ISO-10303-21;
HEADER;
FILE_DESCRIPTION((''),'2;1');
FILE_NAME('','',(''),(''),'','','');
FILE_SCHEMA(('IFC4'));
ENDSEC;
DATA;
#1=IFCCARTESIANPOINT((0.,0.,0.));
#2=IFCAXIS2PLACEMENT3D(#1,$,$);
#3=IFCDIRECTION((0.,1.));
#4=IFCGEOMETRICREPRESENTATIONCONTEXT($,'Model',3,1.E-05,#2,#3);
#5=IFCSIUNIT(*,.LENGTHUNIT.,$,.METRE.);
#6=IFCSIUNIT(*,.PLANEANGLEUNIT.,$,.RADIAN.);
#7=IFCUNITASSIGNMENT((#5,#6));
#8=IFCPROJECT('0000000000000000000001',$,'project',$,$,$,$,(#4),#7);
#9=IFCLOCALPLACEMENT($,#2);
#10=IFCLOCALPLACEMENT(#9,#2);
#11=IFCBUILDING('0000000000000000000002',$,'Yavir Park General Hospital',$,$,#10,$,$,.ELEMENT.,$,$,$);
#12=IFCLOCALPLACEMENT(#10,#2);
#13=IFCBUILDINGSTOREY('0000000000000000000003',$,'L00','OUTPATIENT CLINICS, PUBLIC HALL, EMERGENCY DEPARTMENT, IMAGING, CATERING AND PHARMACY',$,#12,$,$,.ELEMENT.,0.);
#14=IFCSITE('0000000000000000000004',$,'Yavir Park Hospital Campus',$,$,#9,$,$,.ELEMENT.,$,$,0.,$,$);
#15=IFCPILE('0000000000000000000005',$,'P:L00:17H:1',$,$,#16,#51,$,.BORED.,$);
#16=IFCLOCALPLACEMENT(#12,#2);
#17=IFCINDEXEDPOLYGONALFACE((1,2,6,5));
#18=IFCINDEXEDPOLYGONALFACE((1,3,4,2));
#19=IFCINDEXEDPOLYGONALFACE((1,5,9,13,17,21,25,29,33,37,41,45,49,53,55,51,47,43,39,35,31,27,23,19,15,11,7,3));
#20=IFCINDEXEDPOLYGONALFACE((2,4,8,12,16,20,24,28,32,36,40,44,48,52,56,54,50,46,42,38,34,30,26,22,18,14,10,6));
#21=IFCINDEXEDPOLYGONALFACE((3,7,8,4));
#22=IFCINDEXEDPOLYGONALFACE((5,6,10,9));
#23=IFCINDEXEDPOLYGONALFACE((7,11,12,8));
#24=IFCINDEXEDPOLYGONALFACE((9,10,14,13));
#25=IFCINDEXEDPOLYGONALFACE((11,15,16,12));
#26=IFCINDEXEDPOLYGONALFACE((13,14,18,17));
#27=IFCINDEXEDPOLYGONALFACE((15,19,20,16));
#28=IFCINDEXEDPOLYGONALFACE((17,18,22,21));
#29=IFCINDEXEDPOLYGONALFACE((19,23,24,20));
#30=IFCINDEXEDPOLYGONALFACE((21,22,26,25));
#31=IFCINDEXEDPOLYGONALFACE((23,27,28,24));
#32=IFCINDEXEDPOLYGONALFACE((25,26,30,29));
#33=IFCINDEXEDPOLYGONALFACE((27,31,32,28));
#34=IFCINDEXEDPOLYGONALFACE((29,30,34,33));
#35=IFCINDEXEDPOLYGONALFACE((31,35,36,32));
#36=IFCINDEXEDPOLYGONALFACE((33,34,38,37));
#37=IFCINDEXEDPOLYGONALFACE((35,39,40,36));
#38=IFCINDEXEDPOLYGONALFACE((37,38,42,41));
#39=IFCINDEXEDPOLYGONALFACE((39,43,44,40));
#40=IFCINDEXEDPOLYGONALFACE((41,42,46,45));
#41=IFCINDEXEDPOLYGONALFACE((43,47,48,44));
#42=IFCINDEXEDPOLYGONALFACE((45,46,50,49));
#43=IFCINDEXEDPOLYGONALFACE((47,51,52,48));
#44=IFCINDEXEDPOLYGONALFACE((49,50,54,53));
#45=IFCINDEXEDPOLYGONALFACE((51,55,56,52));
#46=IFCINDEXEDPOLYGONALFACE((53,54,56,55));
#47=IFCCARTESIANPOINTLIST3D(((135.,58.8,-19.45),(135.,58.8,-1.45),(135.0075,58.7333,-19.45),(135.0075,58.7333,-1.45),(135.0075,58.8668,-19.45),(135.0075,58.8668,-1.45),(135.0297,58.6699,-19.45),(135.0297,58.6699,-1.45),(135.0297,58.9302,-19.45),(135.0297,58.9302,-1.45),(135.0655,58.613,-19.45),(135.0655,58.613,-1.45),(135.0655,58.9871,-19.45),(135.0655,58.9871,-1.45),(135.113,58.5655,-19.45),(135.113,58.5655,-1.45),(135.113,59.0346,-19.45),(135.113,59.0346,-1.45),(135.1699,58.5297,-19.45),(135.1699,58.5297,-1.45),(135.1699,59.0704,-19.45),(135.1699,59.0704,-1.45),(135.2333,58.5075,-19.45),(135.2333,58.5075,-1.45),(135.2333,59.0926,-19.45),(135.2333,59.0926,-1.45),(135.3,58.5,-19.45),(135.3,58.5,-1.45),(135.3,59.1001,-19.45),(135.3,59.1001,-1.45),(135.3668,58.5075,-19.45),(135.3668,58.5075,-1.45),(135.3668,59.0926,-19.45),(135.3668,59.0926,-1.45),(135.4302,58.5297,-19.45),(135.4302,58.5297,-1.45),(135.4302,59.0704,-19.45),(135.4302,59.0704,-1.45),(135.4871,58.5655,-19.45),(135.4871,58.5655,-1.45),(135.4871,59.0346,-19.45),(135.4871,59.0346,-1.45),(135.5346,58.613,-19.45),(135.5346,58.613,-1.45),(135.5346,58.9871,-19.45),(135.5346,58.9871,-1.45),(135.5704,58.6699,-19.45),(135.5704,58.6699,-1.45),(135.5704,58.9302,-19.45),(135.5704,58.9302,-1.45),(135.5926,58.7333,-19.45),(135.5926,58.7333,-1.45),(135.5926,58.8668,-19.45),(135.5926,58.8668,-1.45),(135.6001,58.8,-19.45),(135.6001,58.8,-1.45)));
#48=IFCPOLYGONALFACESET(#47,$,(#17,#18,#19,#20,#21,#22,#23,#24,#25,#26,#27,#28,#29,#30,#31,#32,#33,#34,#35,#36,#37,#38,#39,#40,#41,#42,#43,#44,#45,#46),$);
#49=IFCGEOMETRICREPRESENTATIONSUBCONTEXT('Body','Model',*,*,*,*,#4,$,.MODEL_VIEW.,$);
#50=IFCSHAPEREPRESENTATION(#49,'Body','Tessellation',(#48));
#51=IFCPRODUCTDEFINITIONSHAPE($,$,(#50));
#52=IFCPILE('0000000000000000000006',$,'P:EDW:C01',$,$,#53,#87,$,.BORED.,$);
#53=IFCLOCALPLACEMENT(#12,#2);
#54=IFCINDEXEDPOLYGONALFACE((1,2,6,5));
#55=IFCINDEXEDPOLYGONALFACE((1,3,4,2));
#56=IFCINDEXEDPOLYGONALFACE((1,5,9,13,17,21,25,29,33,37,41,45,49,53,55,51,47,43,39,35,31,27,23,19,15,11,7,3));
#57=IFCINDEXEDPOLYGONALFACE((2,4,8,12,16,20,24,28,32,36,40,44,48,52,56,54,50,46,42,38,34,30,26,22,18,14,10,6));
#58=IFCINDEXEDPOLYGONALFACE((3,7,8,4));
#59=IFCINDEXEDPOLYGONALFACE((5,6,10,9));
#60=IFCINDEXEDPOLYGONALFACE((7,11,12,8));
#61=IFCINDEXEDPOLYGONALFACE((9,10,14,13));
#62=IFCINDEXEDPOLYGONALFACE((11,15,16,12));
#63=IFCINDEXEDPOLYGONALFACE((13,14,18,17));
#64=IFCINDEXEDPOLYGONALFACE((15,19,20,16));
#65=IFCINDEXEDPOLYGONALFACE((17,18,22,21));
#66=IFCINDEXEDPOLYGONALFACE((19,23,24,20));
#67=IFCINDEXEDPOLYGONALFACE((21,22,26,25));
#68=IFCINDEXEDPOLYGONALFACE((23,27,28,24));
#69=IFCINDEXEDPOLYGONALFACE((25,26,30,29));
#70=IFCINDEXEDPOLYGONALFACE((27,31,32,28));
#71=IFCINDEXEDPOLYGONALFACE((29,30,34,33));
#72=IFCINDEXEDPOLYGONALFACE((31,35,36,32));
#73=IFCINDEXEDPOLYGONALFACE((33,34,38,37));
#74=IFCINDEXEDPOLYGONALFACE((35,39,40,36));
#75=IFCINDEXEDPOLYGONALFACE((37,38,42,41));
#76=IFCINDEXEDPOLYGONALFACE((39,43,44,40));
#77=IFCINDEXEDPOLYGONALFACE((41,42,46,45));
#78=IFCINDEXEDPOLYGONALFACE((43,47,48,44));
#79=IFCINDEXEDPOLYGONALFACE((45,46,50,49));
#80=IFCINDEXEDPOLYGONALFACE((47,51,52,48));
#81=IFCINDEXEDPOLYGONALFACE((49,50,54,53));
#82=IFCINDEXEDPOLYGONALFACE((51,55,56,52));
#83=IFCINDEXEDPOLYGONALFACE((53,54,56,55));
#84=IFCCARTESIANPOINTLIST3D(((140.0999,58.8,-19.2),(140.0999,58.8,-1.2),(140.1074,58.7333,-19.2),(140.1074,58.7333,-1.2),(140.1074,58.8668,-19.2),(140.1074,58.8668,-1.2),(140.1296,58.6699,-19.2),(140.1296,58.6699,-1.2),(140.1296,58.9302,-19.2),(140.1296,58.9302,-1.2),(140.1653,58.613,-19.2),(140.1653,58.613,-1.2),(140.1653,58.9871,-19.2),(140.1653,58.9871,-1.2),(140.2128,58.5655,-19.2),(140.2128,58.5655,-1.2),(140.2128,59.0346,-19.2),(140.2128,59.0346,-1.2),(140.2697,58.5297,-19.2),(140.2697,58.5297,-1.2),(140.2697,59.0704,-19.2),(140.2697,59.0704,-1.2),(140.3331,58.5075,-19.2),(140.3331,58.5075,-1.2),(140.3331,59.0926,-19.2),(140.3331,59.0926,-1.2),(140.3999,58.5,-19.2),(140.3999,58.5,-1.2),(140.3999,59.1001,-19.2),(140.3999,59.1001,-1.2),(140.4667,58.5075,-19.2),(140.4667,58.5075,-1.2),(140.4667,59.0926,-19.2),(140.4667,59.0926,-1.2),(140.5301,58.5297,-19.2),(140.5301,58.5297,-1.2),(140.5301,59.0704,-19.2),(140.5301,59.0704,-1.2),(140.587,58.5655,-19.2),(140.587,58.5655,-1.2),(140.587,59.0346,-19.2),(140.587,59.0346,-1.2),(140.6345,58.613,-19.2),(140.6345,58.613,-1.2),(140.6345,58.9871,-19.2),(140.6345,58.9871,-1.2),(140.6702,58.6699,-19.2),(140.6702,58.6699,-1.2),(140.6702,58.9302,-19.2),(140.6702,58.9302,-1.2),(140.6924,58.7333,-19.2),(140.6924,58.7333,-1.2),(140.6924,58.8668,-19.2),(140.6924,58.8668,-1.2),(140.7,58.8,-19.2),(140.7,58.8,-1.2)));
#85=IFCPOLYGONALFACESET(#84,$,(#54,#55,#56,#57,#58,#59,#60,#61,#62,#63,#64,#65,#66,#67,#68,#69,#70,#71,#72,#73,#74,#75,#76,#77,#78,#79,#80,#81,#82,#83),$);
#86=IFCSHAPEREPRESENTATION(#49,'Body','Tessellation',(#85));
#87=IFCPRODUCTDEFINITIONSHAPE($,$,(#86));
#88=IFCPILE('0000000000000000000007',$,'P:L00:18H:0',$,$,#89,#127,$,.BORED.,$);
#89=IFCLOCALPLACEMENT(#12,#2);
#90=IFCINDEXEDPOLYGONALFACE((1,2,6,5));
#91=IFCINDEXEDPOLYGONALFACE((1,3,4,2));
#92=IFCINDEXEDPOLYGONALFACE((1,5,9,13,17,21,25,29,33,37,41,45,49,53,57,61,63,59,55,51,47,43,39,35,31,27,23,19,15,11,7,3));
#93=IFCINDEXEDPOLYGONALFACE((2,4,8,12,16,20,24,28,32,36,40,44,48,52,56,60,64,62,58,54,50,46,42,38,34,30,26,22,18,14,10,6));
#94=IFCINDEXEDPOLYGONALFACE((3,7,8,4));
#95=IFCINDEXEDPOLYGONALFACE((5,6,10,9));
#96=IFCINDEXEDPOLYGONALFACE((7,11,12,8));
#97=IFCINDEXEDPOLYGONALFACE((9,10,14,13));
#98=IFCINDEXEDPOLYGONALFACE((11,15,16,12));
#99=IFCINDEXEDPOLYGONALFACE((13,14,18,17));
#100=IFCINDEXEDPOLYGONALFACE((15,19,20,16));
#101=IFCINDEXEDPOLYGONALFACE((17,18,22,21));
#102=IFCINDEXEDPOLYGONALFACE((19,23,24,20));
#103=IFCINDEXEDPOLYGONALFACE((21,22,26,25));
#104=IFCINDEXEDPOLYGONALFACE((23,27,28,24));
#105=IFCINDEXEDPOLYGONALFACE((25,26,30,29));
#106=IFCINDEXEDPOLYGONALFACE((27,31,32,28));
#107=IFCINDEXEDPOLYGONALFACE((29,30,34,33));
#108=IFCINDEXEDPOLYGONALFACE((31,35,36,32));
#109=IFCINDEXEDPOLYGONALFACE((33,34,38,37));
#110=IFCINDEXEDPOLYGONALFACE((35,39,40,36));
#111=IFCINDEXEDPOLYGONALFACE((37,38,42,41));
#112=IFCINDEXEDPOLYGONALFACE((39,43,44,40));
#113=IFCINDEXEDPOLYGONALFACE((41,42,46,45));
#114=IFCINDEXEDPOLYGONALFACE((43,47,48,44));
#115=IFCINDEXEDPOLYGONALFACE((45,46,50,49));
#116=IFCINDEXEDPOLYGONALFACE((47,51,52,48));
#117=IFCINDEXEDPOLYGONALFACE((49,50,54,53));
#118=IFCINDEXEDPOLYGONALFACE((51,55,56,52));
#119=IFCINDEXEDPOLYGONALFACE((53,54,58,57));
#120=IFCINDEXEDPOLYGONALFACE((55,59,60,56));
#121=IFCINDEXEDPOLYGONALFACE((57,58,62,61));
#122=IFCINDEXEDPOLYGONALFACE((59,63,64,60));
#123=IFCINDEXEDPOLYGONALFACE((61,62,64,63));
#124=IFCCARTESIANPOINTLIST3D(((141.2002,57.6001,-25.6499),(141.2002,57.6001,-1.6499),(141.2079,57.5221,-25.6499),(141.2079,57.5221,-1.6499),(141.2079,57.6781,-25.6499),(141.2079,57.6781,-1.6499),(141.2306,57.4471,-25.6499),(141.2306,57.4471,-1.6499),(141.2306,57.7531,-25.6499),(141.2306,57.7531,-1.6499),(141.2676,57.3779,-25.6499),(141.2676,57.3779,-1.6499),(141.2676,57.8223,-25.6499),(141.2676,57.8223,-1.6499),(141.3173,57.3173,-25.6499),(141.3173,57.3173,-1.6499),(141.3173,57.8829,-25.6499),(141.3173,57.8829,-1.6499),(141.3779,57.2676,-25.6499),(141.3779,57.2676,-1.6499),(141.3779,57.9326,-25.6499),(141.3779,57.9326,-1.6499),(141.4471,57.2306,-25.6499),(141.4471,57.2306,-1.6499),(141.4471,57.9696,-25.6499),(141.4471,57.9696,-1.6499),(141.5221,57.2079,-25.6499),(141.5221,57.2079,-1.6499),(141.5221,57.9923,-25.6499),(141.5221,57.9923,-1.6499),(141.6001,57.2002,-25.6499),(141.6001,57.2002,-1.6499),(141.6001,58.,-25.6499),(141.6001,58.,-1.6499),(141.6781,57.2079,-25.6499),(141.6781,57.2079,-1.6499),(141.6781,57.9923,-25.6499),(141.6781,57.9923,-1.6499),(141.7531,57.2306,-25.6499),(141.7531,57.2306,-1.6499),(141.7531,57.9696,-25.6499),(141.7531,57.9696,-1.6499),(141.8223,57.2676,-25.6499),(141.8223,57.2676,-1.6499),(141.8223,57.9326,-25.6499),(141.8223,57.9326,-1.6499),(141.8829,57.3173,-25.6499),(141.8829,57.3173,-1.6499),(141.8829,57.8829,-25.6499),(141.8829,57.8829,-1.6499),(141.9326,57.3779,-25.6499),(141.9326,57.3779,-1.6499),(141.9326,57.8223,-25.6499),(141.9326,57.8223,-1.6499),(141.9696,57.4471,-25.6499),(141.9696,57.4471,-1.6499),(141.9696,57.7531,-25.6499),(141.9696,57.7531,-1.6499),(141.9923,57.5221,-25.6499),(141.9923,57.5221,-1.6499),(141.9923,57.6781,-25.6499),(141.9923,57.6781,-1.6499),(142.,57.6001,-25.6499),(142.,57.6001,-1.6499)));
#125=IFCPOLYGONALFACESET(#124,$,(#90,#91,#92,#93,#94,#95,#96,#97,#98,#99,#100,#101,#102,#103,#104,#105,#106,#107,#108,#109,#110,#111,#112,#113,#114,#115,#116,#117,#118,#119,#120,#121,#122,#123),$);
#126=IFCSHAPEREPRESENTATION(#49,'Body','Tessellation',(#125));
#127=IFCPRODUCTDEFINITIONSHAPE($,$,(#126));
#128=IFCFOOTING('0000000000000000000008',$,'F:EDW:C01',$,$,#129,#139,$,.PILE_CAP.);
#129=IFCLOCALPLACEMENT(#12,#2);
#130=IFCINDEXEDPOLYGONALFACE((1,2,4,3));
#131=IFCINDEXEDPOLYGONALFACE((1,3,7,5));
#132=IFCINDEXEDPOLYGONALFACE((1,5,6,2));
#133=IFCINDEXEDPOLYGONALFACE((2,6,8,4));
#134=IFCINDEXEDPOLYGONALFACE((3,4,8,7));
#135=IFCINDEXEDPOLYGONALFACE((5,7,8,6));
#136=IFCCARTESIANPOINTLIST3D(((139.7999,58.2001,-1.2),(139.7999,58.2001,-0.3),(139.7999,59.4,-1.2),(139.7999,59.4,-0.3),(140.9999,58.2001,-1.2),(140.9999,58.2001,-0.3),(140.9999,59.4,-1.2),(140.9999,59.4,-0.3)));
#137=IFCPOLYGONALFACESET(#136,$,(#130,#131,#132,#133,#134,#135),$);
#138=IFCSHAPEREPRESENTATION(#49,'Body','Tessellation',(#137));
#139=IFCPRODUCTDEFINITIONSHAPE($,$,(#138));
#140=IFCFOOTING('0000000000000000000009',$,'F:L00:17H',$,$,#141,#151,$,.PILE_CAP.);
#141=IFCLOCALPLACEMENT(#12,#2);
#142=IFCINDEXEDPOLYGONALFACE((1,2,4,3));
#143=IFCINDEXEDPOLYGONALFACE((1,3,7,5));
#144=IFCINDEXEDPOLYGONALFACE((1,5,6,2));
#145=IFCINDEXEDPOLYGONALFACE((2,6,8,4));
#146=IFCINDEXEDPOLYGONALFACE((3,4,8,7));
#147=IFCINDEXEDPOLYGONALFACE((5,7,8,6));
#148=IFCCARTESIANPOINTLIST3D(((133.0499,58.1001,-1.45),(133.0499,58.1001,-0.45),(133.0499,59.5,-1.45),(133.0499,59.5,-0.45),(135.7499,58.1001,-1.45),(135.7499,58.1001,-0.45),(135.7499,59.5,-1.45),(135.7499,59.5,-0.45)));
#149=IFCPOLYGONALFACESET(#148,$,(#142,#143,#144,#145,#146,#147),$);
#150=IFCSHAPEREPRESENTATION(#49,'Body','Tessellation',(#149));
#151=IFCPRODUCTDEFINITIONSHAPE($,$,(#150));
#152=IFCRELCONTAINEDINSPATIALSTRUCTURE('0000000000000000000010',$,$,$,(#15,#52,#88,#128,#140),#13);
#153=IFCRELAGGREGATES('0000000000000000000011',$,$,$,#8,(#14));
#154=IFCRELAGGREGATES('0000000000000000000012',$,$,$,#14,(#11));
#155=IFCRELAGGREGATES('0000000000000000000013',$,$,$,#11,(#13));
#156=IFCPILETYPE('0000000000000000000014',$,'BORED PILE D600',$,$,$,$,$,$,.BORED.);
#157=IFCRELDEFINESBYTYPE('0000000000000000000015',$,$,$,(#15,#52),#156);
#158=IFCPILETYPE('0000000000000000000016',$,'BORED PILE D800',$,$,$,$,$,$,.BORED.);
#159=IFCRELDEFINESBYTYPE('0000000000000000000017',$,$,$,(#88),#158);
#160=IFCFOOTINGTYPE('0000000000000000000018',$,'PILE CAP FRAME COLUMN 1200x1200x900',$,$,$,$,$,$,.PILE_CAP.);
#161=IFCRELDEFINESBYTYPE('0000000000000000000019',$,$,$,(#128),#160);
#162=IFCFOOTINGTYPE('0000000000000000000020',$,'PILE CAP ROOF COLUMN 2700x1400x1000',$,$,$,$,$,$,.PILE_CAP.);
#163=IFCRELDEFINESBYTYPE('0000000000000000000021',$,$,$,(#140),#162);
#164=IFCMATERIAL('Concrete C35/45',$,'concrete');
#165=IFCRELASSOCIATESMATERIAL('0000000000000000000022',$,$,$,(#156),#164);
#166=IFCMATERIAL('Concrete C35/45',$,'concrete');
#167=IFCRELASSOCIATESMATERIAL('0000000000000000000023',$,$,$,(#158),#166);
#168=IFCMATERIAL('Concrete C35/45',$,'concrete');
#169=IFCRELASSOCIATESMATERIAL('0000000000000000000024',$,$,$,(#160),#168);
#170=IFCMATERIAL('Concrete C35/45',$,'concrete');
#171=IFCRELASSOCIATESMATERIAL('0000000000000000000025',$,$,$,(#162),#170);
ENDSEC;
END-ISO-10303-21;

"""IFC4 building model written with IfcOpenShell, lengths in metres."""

from ifc_helpers import new_model, si_unit, direction, frame, origin, origin_2d, place, context, subcontext, project, spatial, rectangle, circle, extrude, material, material_profile, profile_set, type_object, element, save


model = new_model("IFC4")

# Units and contexts
model_context = context("Model", 3, precision=1e-05, world=origin(), true_north=direction((0.0, 1.0)))
body_context = subcontext(model_context, "Body", "Model", "MODEL_VIEW")
ifc_project = project(units=[si_unit("LENGTHUNIT", "METRE"), si_unit("PLANEANGLEUNIT", "RADIAN")], contexts=[model_context])

# Site, building, storey
site_placement = place(None, origin())
site = spatial("IfcSite", under=ifc_project, at=site_placement, Name="Yavir Park Hospital Campus", CompositionType="ELEMENT", RefElevation=0.0)
building_placement = place(site_placement, origin())
building = spatial("IfcBuilding", under=site, at=building_placement, Name="Yavir Park General Hospital", CompositionType="ELEMENT")
storey_placement = place(building_placement, origin())
storey = spatial("IfcBuildingStorey", under=building, at=storey_placement, Name="L00", Description="OUTPATIENT CLINICS, PUBLIC HALL, EMERGENCY DEPARTMENT, IMAGING, CATERING AND PHARMACY", CompositionType="ELEMENT", Elevation=0.0)

# Piles
ifc_material_1 = material(Name="Concrete C35/45", Category="concrete")
ifc_material_profile_1 = material_profile(ifc_material_1, circle(Radius=0.3, at=origin_2d()), Name="D600")
ifc_profile_set_1 = profile_set([ifc_material_profile_1], Name="Concrete C35/45")
pile_type_1 = type_object("IfcPileType", Name="BORED PILE D600", PredefinedType="BORED", material=ifc_profile_set_1)
for number, where, z_axis, x_axis, name in (
    (1, (135.3, 58.8, -1.45), (0.0, 0.0, -1.0), (1.0, 0.0, 0.0), "P:L00:17H:1"),
    (2, (140.3999, 58.8, -1.2), (0.0, 0.0, -1.0), (1.0, 0.0, 0.0), "P:EDW:C01"),
):
    element("IfcPile", number, at=place(storey_placement, frame(where, z_axis=z_axis, x_axis=x_axis)), inside=storey, type_object=pile_type_1, Name=name, PredefinedType="BORED", context=body_context, shape_type="SweptSolid", body=[
        extrude(circle(Radius=0.3, at=origin_2d()), origin(), (0.0, 0.0, 1.0), 18.0),
    ])
ifc_material_2 = material(Name="Concrete C35/45", Category="concrete")
ifc_material_profile_2 = material_profile(ifc_material_2, circle(Radius=0.3999, at=origin_2d()), Name="D800")
ifc_profile_set_2 = profile_set([ifc_material_profile_2], Name="Concrete C35/45")
pile_type_2 = type_object("IfcPileType", Name="BORED PILE D800", PredefinedType="BORED", material=ifc_profile_set_2)
pile_placement = place(storey_placement, frame((141.6001, 57.6001, -1.6499), z_axis=(0.0, 0.0, -1.0), x_axis=(1.0, 0.0, 0.0)))
element("IfcPile", 3, at=pile_placement, inside=storey, type_object=pile_type_2, Name="P:L00:18H:0", PredefinedType="BORED", context=body_context, shape_type="SweptSolid", body=[
    extrude(circle(Radius=0.3999, at=origin_2d()), origin(), (0.0, 0.0, 1.0), 24.0),
])

# Footings
ifc_material_3 = material(Name="Concrete C35/45", Category="concrete")
footing_type_1 = type_object("IfcFootingType", Name="PILE CAP FRAME COLUMN 1200x1200x900", PredefinedType="PILE_CAP", material=ifc_material_3)
footing_1_placement = place(storey_placement, frame((140.3999, 58.8, -1.2), z_axis=(0.0, 0.0, 1.0), x_axis=(1.0, 0.0, 0.0)))
element("IfcFooting", 4, at=footing_1_placement, inside=storey, type_object=footing_type_1, Name="F:EDW:C01", PredefinedType="PILE_CAP", context=body_context, shape_type="SweptSolid", body=[
    extrude(rectangle(XDim=1.2, YDim=1.2, at=origin_2d()), origin(), (0.0, 0.0, 1.0), 0.8999),
])
ifc_material_4 = material(Name="Concrete C35/45", Category="concrete")
footing_type_2 = type_object("IfcFootingType", Name="PILE CAP ROOF COLUMN 2700x1400x1000", PredefinedType="PILE_CAP", material=ifc_material_4)
footing_2_placement = place(storey_placement, frame((134.3999, 58.8, -1.45), z_axis=(0.0, 0.0, 1.0), x_axis=(1.0, 0.0, 0.0)))
element("IfcFooting", 5, at=footing_2_placement, inside=storey, type_object=footing_type_2, Name="F:L00:17H", PredefinedType="PILE_CAP", context=body_context, shape_type="SweptSolid", body=[
    extrude(rectangle(XDim=2.7, YDim=1.3999, at=origin_2d()), origin(), (0.0, 0.0, 1.0), 1.0),
])

save(model, "model.ifc")
